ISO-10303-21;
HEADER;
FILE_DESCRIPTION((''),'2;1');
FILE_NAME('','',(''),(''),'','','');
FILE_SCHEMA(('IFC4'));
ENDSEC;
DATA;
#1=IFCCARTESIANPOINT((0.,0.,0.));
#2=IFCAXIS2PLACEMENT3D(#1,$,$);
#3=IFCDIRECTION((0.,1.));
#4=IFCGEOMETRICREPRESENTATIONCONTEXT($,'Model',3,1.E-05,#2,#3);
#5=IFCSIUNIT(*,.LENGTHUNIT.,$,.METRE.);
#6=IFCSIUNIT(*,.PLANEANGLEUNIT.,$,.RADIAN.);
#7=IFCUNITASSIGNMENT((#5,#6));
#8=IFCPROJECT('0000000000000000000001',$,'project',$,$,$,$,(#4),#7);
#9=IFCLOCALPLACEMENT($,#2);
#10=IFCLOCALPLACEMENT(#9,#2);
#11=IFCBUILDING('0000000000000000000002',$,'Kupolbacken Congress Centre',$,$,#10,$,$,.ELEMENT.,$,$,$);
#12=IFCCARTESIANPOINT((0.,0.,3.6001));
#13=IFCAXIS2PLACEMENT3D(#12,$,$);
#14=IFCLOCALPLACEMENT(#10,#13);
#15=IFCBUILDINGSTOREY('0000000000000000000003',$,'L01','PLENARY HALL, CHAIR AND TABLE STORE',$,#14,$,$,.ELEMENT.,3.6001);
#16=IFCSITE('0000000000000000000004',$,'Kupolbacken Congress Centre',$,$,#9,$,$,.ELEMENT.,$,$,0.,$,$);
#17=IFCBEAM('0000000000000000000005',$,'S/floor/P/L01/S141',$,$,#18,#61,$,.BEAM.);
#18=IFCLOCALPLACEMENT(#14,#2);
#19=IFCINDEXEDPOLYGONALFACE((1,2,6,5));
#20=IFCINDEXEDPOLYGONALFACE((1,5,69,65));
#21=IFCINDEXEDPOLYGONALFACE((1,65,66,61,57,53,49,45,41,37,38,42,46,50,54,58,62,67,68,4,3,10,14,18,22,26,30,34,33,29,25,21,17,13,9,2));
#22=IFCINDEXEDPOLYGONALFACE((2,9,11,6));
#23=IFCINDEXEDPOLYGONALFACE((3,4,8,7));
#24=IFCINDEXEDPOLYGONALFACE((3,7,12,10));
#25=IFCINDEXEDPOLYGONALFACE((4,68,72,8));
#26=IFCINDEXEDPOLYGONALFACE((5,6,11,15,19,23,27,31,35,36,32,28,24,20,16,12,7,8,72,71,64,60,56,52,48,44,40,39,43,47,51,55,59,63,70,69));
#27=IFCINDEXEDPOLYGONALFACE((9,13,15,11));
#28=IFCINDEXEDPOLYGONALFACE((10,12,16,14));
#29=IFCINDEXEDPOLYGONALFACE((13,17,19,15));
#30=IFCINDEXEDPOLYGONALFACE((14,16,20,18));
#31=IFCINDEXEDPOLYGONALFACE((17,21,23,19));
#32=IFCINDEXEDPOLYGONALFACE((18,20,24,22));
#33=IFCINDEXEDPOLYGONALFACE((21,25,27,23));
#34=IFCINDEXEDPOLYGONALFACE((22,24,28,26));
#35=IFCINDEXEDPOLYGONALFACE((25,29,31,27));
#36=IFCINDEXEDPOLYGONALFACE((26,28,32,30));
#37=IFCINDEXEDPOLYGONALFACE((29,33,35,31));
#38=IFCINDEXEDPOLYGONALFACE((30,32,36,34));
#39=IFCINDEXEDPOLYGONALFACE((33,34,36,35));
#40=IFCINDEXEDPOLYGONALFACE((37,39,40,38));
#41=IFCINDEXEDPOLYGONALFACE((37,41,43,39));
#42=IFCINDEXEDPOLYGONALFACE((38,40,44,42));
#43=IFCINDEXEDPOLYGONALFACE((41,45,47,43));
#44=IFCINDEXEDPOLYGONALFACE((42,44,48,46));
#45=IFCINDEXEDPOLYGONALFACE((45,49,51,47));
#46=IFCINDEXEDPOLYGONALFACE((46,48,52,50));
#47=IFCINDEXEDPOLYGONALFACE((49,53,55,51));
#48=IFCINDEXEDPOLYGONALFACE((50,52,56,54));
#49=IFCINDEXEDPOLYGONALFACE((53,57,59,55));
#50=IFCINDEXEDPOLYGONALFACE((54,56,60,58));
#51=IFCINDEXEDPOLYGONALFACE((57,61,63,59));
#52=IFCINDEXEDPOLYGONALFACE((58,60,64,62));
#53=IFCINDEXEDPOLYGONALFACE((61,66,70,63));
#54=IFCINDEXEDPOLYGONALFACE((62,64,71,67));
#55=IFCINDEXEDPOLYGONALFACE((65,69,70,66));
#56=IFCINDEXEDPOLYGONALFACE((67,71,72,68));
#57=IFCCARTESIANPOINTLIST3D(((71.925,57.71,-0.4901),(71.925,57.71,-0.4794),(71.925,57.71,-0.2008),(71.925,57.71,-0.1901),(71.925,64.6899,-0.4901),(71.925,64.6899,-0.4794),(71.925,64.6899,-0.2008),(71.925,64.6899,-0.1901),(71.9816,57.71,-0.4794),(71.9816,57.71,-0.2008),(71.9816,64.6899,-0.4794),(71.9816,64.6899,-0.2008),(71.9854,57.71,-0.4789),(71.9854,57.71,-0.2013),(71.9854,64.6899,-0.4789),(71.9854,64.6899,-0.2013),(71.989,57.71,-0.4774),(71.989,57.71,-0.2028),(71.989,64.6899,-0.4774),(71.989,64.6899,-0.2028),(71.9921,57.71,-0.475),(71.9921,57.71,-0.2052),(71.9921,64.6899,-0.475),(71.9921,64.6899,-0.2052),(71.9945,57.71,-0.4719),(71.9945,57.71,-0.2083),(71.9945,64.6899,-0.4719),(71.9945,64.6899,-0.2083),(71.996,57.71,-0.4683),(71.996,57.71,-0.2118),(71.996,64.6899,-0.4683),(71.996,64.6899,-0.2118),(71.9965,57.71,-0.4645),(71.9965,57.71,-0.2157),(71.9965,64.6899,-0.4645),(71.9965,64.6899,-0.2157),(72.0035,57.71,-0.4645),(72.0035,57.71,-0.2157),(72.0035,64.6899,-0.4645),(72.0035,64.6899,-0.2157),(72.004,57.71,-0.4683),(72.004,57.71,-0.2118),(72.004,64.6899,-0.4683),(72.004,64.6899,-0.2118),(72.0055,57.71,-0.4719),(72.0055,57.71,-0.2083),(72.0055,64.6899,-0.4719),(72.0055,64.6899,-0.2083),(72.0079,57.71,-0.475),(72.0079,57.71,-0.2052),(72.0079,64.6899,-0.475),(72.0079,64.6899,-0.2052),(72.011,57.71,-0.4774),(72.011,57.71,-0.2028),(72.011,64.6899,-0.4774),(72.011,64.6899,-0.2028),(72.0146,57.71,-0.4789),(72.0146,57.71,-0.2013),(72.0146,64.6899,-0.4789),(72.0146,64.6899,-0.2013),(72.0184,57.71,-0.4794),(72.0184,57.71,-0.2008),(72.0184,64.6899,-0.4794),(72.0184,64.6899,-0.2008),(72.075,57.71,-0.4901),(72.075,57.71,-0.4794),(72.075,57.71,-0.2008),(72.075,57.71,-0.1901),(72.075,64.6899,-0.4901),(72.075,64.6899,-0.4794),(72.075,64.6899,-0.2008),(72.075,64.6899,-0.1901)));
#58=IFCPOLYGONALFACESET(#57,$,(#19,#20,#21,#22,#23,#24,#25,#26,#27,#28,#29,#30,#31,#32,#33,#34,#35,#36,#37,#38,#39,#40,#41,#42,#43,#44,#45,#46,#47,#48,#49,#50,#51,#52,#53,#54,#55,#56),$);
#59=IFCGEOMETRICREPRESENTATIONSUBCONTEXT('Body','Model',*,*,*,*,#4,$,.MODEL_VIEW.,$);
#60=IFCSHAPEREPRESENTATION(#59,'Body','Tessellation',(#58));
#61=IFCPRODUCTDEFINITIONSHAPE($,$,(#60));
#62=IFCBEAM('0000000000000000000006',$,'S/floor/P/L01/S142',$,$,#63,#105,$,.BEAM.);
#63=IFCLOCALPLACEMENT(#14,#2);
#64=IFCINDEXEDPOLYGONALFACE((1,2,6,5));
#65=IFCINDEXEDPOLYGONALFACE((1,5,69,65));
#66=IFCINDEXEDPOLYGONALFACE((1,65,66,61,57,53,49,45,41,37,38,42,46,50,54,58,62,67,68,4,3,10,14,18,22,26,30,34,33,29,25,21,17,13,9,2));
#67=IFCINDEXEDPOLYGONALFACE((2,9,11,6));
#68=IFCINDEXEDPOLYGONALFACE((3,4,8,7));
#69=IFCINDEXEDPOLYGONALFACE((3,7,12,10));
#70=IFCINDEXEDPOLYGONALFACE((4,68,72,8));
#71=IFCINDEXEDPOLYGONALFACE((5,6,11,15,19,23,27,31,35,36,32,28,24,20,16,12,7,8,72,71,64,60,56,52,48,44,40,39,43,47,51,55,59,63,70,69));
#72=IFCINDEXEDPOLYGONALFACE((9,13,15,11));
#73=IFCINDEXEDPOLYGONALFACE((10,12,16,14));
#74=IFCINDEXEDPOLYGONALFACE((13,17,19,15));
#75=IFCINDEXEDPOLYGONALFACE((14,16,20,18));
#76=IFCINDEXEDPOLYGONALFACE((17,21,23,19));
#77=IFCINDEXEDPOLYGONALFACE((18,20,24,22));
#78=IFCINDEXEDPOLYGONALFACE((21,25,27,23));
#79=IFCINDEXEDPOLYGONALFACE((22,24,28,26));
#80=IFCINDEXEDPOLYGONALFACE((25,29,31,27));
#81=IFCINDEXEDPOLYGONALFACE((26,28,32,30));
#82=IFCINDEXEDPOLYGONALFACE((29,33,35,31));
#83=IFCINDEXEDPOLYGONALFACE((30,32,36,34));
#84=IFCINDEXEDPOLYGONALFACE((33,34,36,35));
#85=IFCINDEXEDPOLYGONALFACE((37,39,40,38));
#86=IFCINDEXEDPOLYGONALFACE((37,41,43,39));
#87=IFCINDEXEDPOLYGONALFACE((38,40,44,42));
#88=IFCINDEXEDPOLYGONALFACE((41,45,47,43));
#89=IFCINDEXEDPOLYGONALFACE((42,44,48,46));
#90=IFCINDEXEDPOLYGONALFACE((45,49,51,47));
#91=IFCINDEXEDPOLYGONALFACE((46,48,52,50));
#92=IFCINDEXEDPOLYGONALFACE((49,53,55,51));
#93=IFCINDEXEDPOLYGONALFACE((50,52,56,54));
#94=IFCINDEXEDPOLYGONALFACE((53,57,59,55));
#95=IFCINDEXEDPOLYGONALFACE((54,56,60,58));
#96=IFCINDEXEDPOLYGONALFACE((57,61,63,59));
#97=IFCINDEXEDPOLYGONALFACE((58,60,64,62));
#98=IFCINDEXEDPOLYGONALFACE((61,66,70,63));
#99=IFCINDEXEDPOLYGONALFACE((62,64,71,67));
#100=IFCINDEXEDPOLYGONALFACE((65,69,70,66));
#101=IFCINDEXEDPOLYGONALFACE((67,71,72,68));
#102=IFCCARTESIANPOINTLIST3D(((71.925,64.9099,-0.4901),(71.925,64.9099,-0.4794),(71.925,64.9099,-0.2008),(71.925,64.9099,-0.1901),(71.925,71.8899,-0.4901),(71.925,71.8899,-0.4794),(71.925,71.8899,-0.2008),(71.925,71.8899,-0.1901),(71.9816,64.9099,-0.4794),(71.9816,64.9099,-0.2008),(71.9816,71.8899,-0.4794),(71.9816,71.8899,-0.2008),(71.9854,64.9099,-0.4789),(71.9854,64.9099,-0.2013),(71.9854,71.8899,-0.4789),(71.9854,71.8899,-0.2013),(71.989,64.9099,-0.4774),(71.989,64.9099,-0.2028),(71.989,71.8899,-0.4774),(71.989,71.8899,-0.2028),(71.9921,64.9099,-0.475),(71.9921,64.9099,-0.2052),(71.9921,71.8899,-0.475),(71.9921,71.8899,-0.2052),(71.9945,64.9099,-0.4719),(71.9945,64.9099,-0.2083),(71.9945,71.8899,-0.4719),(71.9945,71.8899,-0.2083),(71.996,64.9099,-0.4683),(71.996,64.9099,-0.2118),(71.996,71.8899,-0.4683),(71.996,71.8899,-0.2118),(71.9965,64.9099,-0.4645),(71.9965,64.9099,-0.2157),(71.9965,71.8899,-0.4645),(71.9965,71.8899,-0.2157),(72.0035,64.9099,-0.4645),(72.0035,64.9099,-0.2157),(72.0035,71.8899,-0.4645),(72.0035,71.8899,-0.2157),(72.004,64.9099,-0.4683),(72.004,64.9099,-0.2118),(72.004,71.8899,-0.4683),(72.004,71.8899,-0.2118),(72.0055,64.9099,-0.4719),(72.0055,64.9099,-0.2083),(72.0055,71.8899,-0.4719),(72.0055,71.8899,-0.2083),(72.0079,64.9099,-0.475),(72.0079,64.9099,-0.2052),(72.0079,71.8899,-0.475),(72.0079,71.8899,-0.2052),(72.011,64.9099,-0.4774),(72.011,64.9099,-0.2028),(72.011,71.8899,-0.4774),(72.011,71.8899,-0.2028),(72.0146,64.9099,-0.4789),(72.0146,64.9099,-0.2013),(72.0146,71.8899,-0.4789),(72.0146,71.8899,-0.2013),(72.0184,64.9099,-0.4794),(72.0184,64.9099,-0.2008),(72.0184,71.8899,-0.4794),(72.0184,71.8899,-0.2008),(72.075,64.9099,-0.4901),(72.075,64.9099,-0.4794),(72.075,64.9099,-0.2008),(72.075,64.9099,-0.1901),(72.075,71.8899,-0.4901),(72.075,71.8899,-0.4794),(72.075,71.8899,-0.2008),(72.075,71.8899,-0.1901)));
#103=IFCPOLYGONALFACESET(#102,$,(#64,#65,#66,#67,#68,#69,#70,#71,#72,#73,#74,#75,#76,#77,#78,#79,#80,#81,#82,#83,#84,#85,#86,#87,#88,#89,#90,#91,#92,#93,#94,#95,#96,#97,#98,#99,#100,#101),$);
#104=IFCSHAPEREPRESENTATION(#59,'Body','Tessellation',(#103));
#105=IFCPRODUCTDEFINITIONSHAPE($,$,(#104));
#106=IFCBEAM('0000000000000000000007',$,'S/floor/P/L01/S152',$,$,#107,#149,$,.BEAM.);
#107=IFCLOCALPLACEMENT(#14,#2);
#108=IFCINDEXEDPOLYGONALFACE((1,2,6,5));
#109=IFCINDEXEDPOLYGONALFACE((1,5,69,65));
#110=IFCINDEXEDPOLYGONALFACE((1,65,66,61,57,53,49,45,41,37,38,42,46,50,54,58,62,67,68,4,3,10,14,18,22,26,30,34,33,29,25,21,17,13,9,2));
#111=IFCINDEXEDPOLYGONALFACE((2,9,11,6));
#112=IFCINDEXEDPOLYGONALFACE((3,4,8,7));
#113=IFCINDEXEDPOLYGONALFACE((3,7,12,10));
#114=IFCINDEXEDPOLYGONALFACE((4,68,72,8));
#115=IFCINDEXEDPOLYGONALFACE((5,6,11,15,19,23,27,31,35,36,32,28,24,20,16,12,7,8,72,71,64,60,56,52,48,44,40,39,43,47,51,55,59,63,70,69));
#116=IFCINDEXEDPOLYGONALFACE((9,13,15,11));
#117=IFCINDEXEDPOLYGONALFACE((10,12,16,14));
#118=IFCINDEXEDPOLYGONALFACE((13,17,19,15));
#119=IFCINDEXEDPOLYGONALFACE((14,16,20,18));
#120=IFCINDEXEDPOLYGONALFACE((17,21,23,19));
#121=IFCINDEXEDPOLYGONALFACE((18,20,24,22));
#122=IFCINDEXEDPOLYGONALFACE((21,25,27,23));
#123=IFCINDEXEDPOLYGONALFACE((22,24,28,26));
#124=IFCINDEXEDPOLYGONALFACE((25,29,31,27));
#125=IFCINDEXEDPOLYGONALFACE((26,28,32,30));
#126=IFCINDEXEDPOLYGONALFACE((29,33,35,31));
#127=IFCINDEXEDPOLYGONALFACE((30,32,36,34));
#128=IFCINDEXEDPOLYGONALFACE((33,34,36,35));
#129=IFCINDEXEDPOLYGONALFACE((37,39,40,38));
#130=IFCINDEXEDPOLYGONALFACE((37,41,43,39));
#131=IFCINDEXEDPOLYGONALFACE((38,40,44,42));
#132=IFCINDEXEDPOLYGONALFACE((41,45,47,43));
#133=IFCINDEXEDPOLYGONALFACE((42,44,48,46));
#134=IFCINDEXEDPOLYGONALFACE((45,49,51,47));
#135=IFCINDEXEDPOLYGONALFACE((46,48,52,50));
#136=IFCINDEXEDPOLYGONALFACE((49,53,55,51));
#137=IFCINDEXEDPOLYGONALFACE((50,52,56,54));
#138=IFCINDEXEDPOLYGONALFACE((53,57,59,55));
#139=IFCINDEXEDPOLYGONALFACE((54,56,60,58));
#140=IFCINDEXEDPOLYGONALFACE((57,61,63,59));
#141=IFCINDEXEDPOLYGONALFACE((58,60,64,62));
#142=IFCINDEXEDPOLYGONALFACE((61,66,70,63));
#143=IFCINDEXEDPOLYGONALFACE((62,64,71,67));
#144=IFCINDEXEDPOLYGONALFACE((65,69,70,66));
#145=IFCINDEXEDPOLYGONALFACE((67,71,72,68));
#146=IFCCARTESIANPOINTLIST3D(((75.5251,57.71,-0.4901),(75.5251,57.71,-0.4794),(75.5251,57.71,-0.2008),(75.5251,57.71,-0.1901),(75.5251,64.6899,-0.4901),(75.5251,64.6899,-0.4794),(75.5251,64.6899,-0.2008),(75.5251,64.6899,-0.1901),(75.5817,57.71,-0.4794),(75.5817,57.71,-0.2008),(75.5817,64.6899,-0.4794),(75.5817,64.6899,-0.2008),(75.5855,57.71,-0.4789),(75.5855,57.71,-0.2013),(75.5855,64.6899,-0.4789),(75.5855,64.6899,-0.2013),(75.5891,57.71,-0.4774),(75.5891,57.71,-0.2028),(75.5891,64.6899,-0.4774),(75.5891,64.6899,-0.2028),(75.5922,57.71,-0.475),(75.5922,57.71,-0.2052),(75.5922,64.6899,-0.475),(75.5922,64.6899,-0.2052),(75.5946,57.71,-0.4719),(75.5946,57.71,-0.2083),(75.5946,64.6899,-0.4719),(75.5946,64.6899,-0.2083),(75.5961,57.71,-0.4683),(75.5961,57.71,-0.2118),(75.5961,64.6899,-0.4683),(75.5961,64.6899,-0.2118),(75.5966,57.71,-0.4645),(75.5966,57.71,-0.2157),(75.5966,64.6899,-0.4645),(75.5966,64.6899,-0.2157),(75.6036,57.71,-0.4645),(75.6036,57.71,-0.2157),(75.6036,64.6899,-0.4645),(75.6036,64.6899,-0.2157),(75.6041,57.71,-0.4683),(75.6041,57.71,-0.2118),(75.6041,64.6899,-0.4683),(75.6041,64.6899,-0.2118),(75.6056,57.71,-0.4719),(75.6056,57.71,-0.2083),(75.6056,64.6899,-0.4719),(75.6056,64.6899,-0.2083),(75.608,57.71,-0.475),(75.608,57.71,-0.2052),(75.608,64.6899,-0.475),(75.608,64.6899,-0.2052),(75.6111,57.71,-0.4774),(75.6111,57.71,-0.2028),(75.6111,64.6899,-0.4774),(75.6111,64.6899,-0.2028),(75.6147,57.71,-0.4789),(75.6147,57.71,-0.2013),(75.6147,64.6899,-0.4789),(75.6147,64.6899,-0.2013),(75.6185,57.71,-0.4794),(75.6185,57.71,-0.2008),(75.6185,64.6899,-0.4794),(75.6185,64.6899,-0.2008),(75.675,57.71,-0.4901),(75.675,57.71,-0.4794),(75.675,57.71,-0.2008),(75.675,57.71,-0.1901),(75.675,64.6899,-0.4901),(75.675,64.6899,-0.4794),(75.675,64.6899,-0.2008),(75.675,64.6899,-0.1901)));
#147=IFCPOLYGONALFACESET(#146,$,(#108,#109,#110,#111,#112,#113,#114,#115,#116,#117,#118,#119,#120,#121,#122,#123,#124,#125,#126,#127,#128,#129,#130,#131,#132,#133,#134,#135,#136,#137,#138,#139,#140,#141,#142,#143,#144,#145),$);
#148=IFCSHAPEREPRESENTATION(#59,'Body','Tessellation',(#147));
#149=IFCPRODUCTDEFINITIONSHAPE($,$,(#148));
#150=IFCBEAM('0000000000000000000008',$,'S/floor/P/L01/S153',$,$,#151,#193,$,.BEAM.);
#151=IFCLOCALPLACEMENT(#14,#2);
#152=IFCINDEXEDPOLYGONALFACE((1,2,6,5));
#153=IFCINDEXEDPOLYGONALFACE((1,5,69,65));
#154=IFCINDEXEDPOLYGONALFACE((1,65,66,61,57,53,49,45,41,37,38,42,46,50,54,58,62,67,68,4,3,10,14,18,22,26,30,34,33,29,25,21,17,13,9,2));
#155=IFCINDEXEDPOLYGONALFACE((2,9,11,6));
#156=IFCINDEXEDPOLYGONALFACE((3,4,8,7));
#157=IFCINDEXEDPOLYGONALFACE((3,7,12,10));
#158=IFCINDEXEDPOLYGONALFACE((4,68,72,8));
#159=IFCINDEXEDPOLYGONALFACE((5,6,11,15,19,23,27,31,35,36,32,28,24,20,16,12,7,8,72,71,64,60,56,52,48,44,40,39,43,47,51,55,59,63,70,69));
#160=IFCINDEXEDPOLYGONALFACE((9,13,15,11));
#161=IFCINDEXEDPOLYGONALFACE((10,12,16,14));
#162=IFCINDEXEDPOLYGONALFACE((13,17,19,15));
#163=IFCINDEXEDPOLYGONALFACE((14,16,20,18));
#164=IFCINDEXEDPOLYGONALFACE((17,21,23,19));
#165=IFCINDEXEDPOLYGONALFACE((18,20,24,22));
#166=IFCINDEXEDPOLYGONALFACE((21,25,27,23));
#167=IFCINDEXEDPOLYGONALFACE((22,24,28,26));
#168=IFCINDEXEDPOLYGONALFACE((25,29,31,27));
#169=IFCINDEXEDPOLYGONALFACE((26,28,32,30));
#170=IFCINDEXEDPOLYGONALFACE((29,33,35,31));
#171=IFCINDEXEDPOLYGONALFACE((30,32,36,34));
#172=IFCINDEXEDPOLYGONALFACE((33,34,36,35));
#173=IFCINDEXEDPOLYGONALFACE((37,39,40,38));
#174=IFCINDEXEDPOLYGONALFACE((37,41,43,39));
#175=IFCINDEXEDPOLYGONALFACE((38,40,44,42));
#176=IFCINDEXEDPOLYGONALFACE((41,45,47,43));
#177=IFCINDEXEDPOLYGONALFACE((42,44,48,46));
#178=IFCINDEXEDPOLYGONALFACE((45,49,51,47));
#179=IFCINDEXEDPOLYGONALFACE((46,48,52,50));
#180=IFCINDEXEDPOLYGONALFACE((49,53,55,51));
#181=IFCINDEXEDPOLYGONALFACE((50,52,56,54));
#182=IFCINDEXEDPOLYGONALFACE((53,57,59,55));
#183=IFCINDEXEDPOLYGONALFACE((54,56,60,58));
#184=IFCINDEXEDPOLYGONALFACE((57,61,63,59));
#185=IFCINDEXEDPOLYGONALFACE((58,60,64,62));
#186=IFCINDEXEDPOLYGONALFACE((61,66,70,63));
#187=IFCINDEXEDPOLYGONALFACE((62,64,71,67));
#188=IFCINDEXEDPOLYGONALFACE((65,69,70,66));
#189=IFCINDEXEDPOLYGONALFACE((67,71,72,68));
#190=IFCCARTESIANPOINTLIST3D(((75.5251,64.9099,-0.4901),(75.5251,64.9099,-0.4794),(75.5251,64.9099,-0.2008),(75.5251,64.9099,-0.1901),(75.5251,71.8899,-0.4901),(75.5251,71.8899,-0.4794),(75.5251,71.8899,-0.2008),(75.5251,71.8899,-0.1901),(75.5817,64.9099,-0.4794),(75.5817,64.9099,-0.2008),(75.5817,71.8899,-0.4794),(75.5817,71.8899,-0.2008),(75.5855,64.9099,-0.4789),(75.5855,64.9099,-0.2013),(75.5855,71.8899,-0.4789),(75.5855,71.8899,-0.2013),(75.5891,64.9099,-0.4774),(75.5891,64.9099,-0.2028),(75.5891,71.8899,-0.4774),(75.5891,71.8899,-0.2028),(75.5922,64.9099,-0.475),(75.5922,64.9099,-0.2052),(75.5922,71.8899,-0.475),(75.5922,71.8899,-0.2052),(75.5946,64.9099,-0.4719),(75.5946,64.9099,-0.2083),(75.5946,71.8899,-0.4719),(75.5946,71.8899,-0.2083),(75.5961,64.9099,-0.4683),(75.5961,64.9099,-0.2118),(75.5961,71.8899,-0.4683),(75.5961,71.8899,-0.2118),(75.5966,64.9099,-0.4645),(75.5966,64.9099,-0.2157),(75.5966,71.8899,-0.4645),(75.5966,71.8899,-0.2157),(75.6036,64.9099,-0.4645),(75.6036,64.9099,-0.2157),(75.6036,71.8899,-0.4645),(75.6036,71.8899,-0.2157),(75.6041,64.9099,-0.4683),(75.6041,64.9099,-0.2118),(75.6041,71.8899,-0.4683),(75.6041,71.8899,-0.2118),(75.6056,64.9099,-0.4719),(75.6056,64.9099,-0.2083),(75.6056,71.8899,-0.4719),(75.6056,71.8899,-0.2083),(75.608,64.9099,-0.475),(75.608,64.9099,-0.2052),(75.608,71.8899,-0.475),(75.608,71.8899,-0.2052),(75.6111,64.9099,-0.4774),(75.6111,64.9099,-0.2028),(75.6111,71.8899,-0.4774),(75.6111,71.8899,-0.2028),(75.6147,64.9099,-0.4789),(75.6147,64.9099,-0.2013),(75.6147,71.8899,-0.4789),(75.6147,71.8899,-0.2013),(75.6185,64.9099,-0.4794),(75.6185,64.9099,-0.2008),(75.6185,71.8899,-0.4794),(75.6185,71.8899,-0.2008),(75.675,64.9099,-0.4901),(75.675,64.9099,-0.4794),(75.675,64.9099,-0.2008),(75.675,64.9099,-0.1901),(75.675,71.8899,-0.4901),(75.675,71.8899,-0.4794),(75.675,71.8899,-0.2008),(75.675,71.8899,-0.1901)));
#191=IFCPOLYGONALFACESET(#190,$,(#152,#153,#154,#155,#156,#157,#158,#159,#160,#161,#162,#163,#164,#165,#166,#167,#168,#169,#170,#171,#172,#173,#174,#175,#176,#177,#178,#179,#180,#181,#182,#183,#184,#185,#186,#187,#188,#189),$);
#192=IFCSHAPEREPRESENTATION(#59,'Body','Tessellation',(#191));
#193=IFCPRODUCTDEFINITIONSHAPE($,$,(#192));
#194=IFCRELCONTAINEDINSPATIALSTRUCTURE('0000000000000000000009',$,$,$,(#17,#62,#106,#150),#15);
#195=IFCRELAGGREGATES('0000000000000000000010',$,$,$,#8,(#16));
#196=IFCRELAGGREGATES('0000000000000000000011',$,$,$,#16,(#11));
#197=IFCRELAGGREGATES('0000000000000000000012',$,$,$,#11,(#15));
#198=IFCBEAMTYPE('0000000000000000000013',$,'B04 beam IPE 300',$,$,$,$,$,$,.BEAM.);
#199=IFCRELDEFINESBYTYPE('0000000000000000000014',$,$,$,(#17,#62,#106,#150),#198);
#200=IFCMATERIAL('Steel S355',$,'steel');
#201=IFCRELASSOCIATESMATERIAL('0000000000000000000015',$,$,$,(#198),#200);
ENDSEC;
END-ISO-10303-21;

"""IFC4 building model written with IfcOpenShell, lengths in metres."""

from ifc_helpers import new_model, si_unit, direction, frame, origin, origin_2d, place, context, subcontext, project, spatial, i_section, extrude, material, material_profile, profile_set, type_object, element, save


model = new_model("IFC4")

# Units and contexts
model_context = context("Model", 3, precision=1e-05, world=origin(), true_north=direction((0.0, 1.0)))
body_context = subcontext(model_context, "Body", "Model", "MODEL_VIEW")
ifc_project = project(units=[si_unit("LENGTHUNIT", "METRE"), si_unit("PLANEANGLEUNIT", "RADIAN")], contexts=[model_context])

# Site, building, storey
site_placement = place(None, origin())
site = spatial("IfcSite", under=ifc_project, at=site_placement, Name="Kupolbacken Congress Centre", CompositionType="ELEMENT", RefElevation=0.0)
building_placement = place(site_placement, origin())
building = spatial("IfcBuilding", under=site, at=building_placement, Name="Kupolbacken Congress Centre", CompositionType="ELEMENT")
storey_placement = place(building_placement, frame((0.0, 0.0, 3.6001)))
storey = spatial("IfcBuildingStorey", under=building, at=storey_placement, Name="L01", Description="PLENARY HALL, CHAIR AND TABLE STORE", CompositionType="ELEMENT", Elevation=3.6001)

# Beams
ifc_material_1 = material(Name="Steel S355", Category="steel")
ifc_material_profile_1 = material_profile(ifc_material_1, i_section(OverallWidth=0.1499, OverallDepth=0.3, WebThickness=0.0071, FlangeThickness=0.0107, FilletRadius=0.0149, at=origin_2d()), Name="IPE 300")
ifc_profile_set_1 = profile_set([ifc_material_profile_1], Name="Steel S355")
beam_type_1 = type_object("IfcBeamType", Name="B04 beam IPE 300", PredefinedType="BEAM", material=ifc_profile_set_1)
for number, where, z_axis, x_axis, name in (
    (1, (72.0, 57.71, -0.3401), (0.0, 1.0, 0.0), (-1.0, 0.0, 0.0), "S/floor/P/L01/S141"),
    (2, (72.0, 64.9099, -0.3401), (0.0, 1.0, 0.0), (-1.0, 0.0, 0.0), "S/floor/P/L01/S142"),
    (3, (75.6001, 57.71, -0.3401), (0.0, 1.0, 0.0), (-1.0, 0.0, 0.0), "S/floor/P/L01/S152"),
    (4, (75.6001, 64.9099, -0.3401), (0.0, 1.0, 0.0), (-1.0, 0.0, 0.0), "S/floor/P/L01/S153"),
):
    element("IfcBeam", number, at=place(storey_placement, frame(where, z_axis=z_axis, x_axis=x_axis)), inside=storey, type_object=beam_type_1, Name=name, PredefinedType="BEAM", context=body_context, shape_type="SweptSolid", body=[
        extrude(i_section(OverallWidth=0.1499, OverallDepth=0.3, WebThickness=0.0071, FlangeThickness=0.0107, FilletRadius=0.0149, at=origin_2d()), origin(), (0.0, 0.0, 1.0), 6.98),
    ])

save(model, "model.ifc")
